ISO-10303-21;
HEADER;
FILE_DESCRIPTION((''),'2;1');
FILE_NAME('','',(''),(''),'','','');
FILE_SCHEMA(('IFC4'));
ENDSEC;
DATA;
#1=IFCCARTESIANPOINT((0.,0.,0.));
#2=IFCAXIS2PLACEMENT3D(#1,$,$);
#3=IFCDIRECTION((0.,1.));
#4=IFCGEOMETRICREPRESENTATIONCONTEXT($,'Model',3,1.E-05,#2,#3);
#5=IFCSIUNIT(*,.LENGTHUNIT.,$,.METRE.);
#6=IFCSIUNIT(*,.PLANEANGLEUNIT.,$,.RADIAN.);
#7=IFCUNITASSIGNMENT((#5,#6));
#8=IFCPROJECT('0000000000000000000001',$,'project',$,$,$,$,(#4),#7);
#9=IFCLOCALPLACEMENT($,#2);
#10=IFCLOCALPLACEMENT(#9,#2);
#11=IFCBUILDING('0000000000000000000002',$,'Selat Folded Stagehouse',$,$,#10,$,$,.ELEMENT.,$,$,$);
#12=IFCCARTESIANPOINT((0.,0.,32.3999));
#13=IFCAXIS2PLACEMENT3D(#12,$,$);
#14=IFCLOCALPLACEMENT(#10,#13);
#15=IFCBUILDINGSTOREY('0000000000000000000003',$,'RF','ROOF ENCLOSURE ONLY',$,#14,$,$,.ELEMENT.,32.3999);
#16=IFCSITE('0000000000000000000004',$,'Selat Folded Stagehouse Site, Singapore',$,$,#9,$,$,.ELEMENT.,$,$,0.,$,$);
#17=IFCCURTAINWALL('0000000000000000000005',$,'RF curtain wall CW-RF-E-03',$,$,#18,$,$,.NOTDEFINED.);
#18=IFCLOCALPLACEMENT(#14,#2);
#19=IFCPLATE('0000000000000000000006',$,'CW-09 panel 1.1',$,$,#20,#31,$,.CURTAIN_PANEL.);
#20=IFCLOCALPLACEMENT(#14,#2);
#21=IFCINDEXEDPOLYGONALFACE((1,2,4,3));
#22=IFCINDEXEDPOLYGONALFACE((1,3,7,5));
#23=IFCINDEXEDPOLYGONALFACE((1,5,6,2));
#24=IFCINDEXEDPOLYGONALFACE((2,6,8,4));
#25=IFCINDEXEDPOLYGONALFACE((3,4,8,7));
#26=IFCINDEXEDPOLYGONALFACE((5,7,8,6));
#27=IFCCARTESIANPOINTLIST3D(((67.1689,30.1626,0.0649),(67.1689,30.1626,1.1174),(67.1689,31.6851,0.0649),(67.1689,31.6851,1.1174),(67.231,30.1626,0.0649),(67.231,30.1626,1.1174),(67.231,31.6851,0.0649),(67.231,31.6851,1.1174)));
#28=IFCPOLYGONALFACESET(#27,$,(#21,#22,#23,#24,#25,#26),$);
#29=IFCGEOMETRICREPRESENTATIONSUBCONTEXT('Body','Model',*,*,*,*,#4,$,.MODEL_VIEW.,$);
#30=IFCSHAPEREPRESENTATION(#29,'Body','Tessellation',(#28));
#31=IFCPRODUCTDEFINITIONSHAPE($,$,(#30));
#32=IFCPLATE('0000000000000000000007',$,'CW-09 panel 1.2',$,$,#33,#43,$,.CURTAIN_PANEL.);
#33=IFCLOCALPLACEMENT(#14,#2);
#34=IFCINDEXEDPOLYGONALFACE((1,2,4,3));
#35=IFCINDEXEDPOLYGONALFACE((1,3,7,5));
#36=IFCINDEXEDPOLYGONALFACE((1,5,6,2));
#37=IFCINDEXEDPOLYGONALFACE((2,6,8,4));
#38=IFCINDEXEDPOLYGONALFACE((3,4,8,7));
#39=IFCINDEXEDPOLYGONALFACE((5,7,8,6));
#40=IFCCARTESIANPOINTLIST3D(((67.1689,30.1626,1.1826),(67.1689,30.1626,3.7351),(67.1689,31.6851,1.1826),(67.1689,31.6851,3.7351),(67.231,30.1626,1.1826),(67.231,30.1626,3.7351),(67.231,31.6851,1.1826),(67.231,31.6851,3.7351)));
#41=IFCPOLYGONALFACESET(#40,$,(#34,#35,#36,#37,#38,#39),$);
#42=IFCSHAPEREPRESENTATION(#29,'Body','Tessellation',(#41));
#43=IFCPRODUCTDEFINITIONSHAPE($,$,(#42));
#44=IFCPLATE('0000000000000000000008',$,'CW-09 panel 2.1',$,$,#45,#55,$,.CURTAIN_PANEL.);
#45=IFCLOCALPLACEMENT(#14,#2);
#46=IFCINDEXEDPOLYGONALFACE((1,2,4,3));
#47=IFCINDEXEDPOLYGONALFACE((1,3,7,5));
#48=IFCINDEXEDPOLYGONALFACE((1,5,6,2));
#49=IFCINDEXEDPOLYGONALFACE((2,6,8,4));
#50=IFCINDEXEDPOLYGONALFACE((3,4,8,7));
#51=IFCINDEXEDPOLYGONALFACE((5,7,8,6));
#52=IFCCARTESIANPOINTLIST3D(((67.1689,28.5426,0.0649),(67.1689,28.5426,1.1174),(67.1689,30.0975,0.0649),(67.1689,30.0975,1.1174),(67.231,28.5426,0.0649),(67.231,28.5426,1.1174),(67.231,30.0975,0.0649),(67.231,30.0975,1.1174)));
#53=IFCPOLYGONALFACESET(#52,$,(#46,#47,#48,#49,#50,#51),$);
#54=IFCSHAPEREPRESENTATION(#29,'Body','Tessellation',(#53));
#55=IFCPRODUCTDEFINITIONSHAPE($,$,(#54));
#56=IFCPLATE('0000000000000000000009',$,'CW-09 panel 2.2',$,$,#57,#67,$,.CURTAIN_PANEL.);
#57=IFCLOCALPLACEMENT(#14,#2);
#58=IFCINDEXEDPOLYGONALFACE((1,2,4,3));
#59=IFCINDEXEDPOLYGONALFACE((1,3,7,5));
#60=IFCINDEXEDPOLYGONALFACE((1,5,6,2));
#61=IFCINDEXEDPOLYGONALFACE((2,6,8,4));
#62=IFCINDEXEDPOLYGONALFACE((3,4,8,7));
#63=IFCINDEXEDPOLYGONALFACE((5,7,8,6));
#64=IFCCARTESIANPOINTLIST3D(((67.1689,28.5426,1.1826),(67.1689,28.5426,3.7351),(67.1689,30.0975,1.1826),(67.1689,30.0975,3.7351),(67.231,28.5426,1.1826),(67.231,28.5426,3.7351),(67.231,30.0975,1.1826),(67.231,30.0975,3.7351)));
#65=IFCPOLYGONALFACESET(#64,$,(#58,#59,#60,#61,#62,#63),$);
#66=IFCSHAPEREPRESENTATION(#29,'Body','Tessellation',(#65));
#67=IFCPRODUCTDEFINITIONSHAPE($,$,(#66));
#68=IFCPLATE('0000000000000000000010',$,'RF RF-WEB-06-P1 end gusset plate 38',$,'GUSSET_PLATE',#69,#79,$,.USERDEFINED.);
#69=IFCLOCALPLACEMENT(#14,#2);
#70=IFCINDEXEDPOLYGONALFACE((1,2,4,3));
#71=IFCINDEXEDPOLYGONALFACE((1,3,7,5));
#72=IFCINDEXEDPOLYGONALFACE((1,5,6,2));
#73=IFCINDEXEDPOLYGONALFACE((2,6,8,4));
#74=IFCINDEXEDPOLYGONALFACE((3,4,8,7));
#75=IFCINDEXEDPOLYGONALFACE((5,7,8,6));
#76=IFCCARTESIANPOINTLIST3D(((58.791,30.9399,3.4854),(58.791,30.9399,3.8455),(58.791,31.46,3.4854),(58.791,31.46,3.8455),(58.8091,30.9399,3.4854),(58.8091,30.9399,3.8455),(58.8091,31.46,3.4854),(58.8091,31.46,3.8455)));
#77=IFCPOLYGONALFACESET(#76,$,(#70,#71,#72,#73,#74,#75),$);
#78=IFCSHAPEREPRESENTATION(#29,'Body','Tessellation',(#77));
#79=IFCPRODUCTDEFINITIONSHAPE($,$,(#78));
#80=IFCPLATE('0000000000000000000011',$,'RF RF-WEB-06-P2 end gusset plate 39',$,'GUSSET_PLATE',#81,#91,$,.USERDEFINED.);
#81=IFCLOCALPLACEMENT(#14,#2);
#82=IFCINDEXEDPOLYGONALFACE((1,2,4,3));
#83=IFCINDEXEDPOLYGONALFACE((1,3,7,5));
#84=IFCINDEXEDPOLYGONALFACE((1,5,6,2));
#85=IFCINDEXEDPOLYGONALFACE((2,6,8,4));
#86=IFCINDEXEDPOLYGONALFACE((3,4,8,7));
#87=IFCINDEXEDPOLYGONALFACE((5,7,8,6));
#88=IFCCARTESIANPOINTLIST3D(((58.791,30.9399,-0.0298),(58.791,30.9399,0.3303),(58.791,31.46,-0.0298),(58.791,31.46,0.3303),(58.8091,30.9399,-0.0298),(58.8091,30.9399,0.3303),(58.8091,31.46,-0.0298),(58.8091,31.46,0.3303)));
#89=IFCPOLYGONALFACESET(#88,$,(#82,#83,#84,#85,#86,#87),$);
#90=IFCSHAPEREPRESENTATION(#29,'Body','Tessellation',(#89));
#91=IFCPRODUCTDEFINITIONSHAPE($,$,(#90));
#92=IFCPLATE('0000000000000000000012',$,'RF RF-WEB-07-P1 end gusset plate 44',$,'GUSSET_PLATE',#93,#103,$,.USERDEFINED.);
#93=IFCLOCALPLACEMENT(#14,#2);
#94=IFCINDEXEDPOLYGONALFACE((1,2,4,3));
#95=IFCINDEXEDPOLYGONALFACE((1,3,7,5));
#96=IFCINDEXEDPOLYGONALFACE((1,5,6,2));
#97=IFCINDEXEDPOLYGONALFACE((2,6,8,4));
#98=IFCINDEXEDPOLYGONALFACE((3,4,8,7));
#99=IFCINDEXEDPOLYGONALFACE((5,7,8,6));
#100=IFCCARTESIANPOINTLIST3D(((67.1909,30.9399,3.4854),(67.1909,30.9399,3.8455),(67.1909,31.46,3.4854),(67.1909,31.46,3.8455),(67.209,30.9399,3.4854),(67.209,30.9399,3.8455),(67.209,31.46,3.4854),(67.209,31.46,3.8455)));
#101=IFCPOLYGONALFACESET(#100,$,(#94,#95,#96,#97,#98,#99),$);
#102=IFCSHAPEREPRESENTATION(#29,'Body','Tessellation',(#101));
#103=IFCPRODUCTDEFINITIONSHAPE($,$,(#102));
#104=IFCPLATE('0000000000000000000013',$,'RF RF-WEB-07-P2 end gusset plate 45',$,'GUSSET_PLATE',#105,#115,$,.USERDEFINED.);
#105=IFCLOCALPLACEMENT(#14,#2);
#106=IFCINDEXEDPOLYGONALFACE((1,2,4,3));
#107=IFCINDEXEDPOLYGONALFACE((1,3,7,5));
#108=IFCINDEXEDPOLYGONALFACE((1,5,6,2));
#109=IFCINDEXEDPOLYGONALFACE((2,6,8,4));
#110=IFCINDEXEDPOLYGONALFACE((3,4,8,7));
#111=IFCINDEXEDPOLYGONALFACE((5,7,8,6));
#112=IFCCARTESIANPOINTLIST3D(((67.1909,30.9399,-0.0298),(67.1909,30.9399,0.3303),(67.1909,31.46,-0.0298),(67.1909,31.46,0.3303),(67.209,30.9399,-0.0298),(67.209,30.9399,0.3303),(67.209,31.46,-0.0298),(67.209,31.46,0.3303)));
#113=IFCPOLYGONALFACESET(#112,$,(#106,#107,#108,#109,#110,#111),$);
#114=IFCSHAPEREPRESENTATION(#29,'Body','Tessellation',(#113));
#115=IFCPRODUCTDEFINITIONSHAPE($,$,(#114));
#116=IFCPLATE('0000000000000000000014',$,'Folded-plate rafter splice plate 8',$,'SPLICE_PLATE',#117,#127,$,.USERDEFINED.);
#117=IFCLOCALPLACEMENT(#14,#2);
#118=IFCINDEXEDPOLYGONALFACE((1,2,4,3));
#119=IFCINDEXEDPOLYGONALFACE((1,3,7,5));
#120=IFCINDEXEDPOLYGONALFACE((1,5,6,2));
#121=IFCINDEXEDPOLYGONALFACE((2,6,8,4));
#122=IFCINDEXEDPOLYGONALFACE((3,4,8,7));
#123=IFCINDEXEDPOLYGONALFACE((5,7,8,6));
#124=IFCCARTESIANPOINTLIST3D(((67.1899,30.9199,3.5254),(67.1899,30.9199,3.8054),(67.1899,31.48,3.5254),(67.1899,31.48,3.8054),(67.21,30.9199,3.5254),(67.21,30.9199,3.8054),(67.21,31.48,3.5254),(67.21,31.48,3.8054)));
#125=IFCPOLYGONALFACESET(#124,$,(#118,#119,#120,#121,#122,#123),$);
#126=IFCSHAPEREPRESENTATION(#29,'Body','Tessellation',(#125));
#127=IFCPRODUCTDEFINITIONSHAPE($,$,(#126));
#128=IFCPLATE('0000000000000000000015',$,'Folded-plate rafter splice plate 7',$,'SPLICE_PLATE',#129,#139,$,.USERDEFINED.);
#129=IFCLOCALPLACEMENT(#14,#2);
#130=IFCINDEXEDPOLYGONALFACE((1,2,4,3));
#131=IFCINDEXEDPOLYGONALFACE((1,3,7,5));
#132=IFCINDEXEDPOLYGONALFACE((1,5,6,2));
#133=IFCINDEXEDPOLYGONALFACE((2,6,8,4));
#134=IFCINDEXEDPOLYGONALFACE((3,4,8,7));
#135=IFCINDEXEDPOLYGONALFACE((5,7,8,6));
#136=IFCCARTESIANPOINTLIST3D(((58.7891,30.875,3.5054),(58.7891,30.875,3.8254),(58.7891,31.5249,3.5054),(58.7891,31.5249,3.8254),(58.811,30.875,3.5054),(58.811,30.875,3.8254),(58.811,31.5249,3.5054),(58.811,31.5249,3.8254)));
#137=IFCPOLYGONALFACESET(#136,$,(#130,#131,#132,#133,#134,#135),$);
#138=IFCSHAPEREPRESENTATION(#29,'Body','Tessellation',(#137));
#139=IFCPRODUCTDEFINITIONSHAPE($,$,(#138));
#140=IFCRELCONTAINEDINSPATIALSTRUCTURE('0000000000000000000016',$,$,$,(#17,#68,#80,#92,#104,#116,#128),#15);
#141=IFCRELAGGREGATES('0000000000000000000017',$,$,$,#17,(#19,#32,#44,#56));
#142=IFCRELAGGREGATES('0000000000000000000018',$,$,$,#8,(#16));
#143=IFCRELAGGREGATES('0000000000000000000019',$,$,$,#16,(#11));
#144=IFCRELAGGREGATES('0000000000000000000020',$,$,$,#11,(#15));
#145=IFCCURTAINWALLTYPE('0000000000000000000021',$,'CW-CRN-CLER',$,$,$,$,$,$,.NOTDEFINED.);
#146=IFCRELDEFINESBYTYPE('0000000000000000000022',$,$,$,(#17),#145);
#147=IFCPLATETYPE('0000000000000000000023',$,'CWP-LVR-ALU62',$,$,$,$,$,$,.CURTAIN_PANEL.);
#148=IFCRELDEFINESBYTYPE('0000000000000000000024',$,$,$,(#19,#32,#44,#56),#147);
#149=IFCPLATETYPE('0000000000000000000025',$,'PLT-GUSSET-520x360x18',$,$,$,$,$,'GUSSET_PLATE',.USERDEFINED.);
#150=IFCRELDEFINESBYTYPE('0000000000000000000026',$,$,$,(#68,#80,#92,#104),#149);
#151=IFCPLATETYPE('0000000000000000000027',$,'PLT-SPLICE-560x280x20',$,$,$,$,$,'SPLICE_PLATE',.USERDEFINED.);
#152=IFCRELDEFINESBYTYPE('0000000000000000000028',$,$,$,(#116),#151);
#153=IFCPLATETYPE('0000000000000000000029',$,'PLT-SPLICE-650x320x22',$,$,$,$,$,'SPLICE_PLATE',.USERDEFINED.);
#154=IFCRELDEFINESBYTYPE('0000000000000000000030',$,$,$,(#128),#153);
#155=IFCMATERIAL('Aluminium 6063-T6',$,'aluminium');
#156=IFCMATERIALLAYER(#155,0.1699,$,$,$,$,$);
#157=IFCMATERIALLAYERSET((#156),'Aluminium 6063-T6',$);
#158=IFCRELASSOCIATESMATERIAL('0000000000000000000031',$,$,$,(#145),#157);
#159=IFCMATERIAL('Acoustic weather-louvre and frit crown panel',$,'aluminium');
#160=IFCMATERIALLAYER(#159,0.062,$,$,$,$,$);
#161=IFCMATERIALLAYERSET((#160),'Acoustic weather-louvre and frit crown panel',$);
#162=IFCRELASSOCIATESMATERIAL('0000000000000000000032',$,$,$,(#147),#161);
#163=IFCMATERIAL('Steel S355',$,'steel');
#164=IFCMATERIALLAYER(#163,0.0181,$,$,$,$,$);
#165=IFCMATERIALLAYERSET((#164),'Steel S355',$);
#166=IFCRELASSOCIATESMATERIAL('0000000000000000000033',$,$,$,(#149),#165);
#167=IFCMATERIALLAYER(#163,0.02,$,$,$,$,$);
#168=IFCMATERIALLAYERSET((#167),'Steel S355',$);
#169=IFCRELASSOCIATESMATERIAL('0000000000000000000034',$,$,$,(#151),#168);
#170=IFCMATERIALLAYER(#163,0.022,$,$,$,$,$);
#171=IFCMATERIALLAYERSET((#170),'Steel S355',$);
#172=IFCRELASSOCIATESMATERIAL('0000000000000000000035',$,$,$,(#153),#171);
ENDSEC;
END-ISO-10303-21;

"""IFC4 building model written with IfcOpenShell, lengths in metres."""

from ifc_helpers import new_model, si_unit, direction, frame, origin, origin_2d, place, context, subcontext, project, spatial, rectangle, extrude, material, layer, layer_set, type_object, element, aggregate, save


model = new_model("IFC4")

# Units and contexts
model_context = context("Model", 3, precision=1e-05, world=origin(), true_north=direction((0.0, 1.0)))
body_context = subcontext(model_context, "Body", "Model", "MODEL_VIEW")
ifc_project = project(units=[si_unit("LENGTHUNIT", "METRE"), si_unit("PLANEANGLEUNIT", "RADIAN")], contexts=[model_context])

# Site, building, storey
site_placement = place(None, origin())
site = spatial("IfcSite", under=ifc_project, at=site_placement, Name="Selat Folded Stagehouse Site, Singapore", CompositionType="ELEMENT", RefElevation=0.0)
building_placement = place(site_placement, origin())
building = spatial("IfcBuilding", under=site, at=building_placement, Name="Selat Folded Stagehouse", CompositionType="ELEMENT")
storey_placement = place(building_placement, frame((0.0, 0.0, 32.3999)))
storey = spatial("IfcBuildingStorey", under=building, at=storey_placement, Name="RF", Description="ROOF ENCLOSURE ONLY", CompositionType="ELEMENT", Elevation=32.3999)

# Shared definitions
ifc_material_1 = material(Name="Aluminium 6063-T6", Category="aluminium")
ifc_layer_1 = layer(ifc_material_1, 0.1699)
ifc_layer_set_1 = layer_set([ifc_layer_1], Name="Aluminium 6063-T6")
curtain_wall_type = type_object("IfcCurtainWallType", Name="CW-CRN-CLER", PredefinedType="NOTDEFINED", material=ifc_layer_set_1)

# Curtain wall
curtain_wall_1_placement = place(storey_placement, origin())
curtain_wall_1 = element("IfcCurtainWall", 1, at=curtain_wall_1_placement, inside=storey, type_object=curtain_wall_type, Name="RF curtain wall CW-RF-E-03", PredefinedType="NOTDEFINED")

# Shared definitions
ifc_material_2 = material(Name="Steel S355", Category="steel")

# Plates
ifc_material_3 = material(Name="Acoustic weather-louvre and frit crown panel", Category="aluminium")
ifc_layer_2 = layer(ifc_material_3, 0.062)
ifc_layer_set_2 = layer_set([ifc_layer_2], Name="Acoustic weather-louvre and frit crown panel")
plate_type_1 = type_object("IfcPlateType", Name="CWP-LVR-ALU62", PredefinedType="CURTAIN_PANEL", material=ifc_layer_set_2)
plate_1_placement = place(storey_placement, frame((67.2, 30.9238, 0.0649), z_axis=(0.0, 0.0, 1.0), x_axis=(0.0, -1.0, 0.0)))
plate_1 = element("IfcPlate", 2, at=plate_1_placement, type_object=plate_type_1, Name="CW-09 panel 1.1", PredefinedType="CURTAIN_PANEL", context=body_context, shape_type="SweptSolid", body=[
    extrude(rectangle(XDim=1.5225, YDim=0.062, at=origin_2d()), origin(), (0.0, 0.0, 1.0), 1.0525),
])
plate_2_placement = place(storey_placement, frame((67.2, 30.9238, 1.1826), z_axis=(0.0, 0.0, 1.0), x_axis=(0.0, -1.0, 0.0)))
plate_2 = element("IfcPlate", 3, at=plate_2_placement, type_object=plate_type_1, Name="CW-09 panel 1.2", PredefinedType="CURTAIN_PANEL", context=body_context, shape_type="SweptSolid", body=[
    extrude(rectangle(XDim=1.5225, YDim=0.062, at=origin_2d()), origin(), (0.0, 0.0, 1.0), 2.5525),
])
plate_3_placement = place(storey_placement, frame((67.2, 29.3201, 0.0649), z_axis=(0.0, 0.0, 1.0), x_axis=(0.0, -1.0, 0.0)))
plate_3 = element("IfcPlate", 4, at=plate_3_placement, type_object=plate_type_1, Name="CW-09 panel 2.1", PredefinedType="CURTAIN_PANEL", context=body_context, shape_type="SweptSolid", body=[
    extrude(rectangle(XDim=1.5549, YDim=0.062, at=origin_2d()), origin(), (0.0, 0.0, 1.0), 1.0525),
])
plate_4_placement = place(storey_placement, frame((67.2, 29.3201, 1.1826), z_axis=(0.0, 0.0, 1.0), x_axis=(0.0, -1.0, 0.0)))
plate_4 = element("IfcPlate", 5, at=plate_4_placement, type_object=plate_type_1, Name="CW-09 panel 2.2", PredefinedType="CURTAIN_PANEL", context=body_context, shape_type="SweptSolid", body=[
    extrude(rectangle(XDim=1.5549, YDim=0.062, at=origin_2d()), origin(), (0.0, 0.0, 1.0), 2.5525),
])
aggregate(curtain_wall_1, [plate_1, plate_2, plate_3, plate_4])

# Plates
ifc_layer_3 = layer(ifc_material_2, 0.0181)
ifc_layer_set_3 = layer_set([ifc_layer_3], Name="Steel S355")
plate_type_2 = type_object("IfcPlateType", Name="PLT-GUSSET-520x360x18", ElementType="GUSSET_PLATE", PredefinedType="USERDEFINED", material=ifc_layer_set_3)
for number, where, z_axis, x_axis, name in (
    (6, (58.8, 31.2, 3.4854), (0.0, 0.0, 1.0), (0.0, 1.0, 0.0), "RF RF-WEB-06-P1 end gusset plate 38"),
    (7, (58.8, 31.2, -0.0298), (0.0, 0.0, 1.0), (0.0, 1.0, 0.0), "RF RF-WEB-06-P2 end gusset plate 39"),
    (8, (67.2, 31.2, 3.4854), (0.0, 0.0, 1.0), (0.0, 1.0, 0.0), "RF RF-WEB-07-P1 end gusset plate 44"),
    (9, (67.2, 31.2, -0.0298), (0.0, 0.0, 1.0), (0.0, 1.0, 0.0), "RF RF-WEB-07-P2 end gusset plate 45"),
):
    element("IfcPlate", number, at=place(storey_placement, frame(where, z_axis=z_axis, x_axis=x_axis)), inside=storey, type_object=plate_type_2, Name=name, ObjectType="GUSSET_PLATE", PredefinedType="USERDEFINED", context=body_context, shape_type="SweptSolid", body=[
        extrude(rectangle(XDim=0.52, YDim=0.0181, at=origin_2d()), origin(), (0.0, 0.0, 1.0), 0.3601),
    ])
ifc_layer_4 = layer(ifc_material_2, 0.02)
ifc_layer_set_4 = layer_set([ifc_layer_4], Name="Steel S355")
plate_type_3 = type_object("IfcPlateType", Name="PLT-SPLICE-560x280x20", ElementType="SPLICE_PLATE", PredefinedType="USERDEFINED", material=ifc_layer_set_4)
plate_5_placement = place(storey_placement, frame((67.2, 31.2, 3.5254), z_axis=(0.0, 0.0, 1.0), x_axis=(1.0, 0.0, 0.0)))
element("IfcPlate", 10, at=plate_5_placement, inside=storey, type_object=plate_type_3, Name="Folded-plate rafter splice plate 8", ObjectType="SPLICE_PLATE", PredefinedType="USERDEFINED", context=body_context, shape_type="SweptSolid", body=[
    extrude(rectangle(XDim=0.02, YDim=0.5601, at=origin_2d()), origin(), (0.0, 0.0, 1.0), 0.28),
])
ifc_layer_5 = layer(ifc_material_2, 0.022)
ifc_layer_set_5 = layer_set([ifc_layer_5], Name="Steel S355")
plate_type_4 = type_object("IfcPlateType", Name="PLT-SPLICE-650x320x22", ElementType="SPLICE_PLATE", PredefinedType="USERDEFINED", material=ifc_layer_set_5)
plate_6_placement = place(storey_placement, frame((58.8, 31.2, 3.5054), z_axis=(0.0, 0.0, 1.0), x_axis=(1.0, 0.0, 0.0)))
element("IfcPlate", 11, at=plate_6_placement, inside=storey, type_object=plate_type_4, Name="Folded-plate rafter splice plate 7", ObjectType="SPLICE_PLATE", PredefinedType="USERDEFINED", context=body_context, shape_type="SweptSolid", body=[
    extrude(rectangle(XDim=0.022, YDim=0.6499, at=origin_2d()), origin(), (0.0, 0.0, 1.0), 0.3201),
])

save(model, "model.ifc")
